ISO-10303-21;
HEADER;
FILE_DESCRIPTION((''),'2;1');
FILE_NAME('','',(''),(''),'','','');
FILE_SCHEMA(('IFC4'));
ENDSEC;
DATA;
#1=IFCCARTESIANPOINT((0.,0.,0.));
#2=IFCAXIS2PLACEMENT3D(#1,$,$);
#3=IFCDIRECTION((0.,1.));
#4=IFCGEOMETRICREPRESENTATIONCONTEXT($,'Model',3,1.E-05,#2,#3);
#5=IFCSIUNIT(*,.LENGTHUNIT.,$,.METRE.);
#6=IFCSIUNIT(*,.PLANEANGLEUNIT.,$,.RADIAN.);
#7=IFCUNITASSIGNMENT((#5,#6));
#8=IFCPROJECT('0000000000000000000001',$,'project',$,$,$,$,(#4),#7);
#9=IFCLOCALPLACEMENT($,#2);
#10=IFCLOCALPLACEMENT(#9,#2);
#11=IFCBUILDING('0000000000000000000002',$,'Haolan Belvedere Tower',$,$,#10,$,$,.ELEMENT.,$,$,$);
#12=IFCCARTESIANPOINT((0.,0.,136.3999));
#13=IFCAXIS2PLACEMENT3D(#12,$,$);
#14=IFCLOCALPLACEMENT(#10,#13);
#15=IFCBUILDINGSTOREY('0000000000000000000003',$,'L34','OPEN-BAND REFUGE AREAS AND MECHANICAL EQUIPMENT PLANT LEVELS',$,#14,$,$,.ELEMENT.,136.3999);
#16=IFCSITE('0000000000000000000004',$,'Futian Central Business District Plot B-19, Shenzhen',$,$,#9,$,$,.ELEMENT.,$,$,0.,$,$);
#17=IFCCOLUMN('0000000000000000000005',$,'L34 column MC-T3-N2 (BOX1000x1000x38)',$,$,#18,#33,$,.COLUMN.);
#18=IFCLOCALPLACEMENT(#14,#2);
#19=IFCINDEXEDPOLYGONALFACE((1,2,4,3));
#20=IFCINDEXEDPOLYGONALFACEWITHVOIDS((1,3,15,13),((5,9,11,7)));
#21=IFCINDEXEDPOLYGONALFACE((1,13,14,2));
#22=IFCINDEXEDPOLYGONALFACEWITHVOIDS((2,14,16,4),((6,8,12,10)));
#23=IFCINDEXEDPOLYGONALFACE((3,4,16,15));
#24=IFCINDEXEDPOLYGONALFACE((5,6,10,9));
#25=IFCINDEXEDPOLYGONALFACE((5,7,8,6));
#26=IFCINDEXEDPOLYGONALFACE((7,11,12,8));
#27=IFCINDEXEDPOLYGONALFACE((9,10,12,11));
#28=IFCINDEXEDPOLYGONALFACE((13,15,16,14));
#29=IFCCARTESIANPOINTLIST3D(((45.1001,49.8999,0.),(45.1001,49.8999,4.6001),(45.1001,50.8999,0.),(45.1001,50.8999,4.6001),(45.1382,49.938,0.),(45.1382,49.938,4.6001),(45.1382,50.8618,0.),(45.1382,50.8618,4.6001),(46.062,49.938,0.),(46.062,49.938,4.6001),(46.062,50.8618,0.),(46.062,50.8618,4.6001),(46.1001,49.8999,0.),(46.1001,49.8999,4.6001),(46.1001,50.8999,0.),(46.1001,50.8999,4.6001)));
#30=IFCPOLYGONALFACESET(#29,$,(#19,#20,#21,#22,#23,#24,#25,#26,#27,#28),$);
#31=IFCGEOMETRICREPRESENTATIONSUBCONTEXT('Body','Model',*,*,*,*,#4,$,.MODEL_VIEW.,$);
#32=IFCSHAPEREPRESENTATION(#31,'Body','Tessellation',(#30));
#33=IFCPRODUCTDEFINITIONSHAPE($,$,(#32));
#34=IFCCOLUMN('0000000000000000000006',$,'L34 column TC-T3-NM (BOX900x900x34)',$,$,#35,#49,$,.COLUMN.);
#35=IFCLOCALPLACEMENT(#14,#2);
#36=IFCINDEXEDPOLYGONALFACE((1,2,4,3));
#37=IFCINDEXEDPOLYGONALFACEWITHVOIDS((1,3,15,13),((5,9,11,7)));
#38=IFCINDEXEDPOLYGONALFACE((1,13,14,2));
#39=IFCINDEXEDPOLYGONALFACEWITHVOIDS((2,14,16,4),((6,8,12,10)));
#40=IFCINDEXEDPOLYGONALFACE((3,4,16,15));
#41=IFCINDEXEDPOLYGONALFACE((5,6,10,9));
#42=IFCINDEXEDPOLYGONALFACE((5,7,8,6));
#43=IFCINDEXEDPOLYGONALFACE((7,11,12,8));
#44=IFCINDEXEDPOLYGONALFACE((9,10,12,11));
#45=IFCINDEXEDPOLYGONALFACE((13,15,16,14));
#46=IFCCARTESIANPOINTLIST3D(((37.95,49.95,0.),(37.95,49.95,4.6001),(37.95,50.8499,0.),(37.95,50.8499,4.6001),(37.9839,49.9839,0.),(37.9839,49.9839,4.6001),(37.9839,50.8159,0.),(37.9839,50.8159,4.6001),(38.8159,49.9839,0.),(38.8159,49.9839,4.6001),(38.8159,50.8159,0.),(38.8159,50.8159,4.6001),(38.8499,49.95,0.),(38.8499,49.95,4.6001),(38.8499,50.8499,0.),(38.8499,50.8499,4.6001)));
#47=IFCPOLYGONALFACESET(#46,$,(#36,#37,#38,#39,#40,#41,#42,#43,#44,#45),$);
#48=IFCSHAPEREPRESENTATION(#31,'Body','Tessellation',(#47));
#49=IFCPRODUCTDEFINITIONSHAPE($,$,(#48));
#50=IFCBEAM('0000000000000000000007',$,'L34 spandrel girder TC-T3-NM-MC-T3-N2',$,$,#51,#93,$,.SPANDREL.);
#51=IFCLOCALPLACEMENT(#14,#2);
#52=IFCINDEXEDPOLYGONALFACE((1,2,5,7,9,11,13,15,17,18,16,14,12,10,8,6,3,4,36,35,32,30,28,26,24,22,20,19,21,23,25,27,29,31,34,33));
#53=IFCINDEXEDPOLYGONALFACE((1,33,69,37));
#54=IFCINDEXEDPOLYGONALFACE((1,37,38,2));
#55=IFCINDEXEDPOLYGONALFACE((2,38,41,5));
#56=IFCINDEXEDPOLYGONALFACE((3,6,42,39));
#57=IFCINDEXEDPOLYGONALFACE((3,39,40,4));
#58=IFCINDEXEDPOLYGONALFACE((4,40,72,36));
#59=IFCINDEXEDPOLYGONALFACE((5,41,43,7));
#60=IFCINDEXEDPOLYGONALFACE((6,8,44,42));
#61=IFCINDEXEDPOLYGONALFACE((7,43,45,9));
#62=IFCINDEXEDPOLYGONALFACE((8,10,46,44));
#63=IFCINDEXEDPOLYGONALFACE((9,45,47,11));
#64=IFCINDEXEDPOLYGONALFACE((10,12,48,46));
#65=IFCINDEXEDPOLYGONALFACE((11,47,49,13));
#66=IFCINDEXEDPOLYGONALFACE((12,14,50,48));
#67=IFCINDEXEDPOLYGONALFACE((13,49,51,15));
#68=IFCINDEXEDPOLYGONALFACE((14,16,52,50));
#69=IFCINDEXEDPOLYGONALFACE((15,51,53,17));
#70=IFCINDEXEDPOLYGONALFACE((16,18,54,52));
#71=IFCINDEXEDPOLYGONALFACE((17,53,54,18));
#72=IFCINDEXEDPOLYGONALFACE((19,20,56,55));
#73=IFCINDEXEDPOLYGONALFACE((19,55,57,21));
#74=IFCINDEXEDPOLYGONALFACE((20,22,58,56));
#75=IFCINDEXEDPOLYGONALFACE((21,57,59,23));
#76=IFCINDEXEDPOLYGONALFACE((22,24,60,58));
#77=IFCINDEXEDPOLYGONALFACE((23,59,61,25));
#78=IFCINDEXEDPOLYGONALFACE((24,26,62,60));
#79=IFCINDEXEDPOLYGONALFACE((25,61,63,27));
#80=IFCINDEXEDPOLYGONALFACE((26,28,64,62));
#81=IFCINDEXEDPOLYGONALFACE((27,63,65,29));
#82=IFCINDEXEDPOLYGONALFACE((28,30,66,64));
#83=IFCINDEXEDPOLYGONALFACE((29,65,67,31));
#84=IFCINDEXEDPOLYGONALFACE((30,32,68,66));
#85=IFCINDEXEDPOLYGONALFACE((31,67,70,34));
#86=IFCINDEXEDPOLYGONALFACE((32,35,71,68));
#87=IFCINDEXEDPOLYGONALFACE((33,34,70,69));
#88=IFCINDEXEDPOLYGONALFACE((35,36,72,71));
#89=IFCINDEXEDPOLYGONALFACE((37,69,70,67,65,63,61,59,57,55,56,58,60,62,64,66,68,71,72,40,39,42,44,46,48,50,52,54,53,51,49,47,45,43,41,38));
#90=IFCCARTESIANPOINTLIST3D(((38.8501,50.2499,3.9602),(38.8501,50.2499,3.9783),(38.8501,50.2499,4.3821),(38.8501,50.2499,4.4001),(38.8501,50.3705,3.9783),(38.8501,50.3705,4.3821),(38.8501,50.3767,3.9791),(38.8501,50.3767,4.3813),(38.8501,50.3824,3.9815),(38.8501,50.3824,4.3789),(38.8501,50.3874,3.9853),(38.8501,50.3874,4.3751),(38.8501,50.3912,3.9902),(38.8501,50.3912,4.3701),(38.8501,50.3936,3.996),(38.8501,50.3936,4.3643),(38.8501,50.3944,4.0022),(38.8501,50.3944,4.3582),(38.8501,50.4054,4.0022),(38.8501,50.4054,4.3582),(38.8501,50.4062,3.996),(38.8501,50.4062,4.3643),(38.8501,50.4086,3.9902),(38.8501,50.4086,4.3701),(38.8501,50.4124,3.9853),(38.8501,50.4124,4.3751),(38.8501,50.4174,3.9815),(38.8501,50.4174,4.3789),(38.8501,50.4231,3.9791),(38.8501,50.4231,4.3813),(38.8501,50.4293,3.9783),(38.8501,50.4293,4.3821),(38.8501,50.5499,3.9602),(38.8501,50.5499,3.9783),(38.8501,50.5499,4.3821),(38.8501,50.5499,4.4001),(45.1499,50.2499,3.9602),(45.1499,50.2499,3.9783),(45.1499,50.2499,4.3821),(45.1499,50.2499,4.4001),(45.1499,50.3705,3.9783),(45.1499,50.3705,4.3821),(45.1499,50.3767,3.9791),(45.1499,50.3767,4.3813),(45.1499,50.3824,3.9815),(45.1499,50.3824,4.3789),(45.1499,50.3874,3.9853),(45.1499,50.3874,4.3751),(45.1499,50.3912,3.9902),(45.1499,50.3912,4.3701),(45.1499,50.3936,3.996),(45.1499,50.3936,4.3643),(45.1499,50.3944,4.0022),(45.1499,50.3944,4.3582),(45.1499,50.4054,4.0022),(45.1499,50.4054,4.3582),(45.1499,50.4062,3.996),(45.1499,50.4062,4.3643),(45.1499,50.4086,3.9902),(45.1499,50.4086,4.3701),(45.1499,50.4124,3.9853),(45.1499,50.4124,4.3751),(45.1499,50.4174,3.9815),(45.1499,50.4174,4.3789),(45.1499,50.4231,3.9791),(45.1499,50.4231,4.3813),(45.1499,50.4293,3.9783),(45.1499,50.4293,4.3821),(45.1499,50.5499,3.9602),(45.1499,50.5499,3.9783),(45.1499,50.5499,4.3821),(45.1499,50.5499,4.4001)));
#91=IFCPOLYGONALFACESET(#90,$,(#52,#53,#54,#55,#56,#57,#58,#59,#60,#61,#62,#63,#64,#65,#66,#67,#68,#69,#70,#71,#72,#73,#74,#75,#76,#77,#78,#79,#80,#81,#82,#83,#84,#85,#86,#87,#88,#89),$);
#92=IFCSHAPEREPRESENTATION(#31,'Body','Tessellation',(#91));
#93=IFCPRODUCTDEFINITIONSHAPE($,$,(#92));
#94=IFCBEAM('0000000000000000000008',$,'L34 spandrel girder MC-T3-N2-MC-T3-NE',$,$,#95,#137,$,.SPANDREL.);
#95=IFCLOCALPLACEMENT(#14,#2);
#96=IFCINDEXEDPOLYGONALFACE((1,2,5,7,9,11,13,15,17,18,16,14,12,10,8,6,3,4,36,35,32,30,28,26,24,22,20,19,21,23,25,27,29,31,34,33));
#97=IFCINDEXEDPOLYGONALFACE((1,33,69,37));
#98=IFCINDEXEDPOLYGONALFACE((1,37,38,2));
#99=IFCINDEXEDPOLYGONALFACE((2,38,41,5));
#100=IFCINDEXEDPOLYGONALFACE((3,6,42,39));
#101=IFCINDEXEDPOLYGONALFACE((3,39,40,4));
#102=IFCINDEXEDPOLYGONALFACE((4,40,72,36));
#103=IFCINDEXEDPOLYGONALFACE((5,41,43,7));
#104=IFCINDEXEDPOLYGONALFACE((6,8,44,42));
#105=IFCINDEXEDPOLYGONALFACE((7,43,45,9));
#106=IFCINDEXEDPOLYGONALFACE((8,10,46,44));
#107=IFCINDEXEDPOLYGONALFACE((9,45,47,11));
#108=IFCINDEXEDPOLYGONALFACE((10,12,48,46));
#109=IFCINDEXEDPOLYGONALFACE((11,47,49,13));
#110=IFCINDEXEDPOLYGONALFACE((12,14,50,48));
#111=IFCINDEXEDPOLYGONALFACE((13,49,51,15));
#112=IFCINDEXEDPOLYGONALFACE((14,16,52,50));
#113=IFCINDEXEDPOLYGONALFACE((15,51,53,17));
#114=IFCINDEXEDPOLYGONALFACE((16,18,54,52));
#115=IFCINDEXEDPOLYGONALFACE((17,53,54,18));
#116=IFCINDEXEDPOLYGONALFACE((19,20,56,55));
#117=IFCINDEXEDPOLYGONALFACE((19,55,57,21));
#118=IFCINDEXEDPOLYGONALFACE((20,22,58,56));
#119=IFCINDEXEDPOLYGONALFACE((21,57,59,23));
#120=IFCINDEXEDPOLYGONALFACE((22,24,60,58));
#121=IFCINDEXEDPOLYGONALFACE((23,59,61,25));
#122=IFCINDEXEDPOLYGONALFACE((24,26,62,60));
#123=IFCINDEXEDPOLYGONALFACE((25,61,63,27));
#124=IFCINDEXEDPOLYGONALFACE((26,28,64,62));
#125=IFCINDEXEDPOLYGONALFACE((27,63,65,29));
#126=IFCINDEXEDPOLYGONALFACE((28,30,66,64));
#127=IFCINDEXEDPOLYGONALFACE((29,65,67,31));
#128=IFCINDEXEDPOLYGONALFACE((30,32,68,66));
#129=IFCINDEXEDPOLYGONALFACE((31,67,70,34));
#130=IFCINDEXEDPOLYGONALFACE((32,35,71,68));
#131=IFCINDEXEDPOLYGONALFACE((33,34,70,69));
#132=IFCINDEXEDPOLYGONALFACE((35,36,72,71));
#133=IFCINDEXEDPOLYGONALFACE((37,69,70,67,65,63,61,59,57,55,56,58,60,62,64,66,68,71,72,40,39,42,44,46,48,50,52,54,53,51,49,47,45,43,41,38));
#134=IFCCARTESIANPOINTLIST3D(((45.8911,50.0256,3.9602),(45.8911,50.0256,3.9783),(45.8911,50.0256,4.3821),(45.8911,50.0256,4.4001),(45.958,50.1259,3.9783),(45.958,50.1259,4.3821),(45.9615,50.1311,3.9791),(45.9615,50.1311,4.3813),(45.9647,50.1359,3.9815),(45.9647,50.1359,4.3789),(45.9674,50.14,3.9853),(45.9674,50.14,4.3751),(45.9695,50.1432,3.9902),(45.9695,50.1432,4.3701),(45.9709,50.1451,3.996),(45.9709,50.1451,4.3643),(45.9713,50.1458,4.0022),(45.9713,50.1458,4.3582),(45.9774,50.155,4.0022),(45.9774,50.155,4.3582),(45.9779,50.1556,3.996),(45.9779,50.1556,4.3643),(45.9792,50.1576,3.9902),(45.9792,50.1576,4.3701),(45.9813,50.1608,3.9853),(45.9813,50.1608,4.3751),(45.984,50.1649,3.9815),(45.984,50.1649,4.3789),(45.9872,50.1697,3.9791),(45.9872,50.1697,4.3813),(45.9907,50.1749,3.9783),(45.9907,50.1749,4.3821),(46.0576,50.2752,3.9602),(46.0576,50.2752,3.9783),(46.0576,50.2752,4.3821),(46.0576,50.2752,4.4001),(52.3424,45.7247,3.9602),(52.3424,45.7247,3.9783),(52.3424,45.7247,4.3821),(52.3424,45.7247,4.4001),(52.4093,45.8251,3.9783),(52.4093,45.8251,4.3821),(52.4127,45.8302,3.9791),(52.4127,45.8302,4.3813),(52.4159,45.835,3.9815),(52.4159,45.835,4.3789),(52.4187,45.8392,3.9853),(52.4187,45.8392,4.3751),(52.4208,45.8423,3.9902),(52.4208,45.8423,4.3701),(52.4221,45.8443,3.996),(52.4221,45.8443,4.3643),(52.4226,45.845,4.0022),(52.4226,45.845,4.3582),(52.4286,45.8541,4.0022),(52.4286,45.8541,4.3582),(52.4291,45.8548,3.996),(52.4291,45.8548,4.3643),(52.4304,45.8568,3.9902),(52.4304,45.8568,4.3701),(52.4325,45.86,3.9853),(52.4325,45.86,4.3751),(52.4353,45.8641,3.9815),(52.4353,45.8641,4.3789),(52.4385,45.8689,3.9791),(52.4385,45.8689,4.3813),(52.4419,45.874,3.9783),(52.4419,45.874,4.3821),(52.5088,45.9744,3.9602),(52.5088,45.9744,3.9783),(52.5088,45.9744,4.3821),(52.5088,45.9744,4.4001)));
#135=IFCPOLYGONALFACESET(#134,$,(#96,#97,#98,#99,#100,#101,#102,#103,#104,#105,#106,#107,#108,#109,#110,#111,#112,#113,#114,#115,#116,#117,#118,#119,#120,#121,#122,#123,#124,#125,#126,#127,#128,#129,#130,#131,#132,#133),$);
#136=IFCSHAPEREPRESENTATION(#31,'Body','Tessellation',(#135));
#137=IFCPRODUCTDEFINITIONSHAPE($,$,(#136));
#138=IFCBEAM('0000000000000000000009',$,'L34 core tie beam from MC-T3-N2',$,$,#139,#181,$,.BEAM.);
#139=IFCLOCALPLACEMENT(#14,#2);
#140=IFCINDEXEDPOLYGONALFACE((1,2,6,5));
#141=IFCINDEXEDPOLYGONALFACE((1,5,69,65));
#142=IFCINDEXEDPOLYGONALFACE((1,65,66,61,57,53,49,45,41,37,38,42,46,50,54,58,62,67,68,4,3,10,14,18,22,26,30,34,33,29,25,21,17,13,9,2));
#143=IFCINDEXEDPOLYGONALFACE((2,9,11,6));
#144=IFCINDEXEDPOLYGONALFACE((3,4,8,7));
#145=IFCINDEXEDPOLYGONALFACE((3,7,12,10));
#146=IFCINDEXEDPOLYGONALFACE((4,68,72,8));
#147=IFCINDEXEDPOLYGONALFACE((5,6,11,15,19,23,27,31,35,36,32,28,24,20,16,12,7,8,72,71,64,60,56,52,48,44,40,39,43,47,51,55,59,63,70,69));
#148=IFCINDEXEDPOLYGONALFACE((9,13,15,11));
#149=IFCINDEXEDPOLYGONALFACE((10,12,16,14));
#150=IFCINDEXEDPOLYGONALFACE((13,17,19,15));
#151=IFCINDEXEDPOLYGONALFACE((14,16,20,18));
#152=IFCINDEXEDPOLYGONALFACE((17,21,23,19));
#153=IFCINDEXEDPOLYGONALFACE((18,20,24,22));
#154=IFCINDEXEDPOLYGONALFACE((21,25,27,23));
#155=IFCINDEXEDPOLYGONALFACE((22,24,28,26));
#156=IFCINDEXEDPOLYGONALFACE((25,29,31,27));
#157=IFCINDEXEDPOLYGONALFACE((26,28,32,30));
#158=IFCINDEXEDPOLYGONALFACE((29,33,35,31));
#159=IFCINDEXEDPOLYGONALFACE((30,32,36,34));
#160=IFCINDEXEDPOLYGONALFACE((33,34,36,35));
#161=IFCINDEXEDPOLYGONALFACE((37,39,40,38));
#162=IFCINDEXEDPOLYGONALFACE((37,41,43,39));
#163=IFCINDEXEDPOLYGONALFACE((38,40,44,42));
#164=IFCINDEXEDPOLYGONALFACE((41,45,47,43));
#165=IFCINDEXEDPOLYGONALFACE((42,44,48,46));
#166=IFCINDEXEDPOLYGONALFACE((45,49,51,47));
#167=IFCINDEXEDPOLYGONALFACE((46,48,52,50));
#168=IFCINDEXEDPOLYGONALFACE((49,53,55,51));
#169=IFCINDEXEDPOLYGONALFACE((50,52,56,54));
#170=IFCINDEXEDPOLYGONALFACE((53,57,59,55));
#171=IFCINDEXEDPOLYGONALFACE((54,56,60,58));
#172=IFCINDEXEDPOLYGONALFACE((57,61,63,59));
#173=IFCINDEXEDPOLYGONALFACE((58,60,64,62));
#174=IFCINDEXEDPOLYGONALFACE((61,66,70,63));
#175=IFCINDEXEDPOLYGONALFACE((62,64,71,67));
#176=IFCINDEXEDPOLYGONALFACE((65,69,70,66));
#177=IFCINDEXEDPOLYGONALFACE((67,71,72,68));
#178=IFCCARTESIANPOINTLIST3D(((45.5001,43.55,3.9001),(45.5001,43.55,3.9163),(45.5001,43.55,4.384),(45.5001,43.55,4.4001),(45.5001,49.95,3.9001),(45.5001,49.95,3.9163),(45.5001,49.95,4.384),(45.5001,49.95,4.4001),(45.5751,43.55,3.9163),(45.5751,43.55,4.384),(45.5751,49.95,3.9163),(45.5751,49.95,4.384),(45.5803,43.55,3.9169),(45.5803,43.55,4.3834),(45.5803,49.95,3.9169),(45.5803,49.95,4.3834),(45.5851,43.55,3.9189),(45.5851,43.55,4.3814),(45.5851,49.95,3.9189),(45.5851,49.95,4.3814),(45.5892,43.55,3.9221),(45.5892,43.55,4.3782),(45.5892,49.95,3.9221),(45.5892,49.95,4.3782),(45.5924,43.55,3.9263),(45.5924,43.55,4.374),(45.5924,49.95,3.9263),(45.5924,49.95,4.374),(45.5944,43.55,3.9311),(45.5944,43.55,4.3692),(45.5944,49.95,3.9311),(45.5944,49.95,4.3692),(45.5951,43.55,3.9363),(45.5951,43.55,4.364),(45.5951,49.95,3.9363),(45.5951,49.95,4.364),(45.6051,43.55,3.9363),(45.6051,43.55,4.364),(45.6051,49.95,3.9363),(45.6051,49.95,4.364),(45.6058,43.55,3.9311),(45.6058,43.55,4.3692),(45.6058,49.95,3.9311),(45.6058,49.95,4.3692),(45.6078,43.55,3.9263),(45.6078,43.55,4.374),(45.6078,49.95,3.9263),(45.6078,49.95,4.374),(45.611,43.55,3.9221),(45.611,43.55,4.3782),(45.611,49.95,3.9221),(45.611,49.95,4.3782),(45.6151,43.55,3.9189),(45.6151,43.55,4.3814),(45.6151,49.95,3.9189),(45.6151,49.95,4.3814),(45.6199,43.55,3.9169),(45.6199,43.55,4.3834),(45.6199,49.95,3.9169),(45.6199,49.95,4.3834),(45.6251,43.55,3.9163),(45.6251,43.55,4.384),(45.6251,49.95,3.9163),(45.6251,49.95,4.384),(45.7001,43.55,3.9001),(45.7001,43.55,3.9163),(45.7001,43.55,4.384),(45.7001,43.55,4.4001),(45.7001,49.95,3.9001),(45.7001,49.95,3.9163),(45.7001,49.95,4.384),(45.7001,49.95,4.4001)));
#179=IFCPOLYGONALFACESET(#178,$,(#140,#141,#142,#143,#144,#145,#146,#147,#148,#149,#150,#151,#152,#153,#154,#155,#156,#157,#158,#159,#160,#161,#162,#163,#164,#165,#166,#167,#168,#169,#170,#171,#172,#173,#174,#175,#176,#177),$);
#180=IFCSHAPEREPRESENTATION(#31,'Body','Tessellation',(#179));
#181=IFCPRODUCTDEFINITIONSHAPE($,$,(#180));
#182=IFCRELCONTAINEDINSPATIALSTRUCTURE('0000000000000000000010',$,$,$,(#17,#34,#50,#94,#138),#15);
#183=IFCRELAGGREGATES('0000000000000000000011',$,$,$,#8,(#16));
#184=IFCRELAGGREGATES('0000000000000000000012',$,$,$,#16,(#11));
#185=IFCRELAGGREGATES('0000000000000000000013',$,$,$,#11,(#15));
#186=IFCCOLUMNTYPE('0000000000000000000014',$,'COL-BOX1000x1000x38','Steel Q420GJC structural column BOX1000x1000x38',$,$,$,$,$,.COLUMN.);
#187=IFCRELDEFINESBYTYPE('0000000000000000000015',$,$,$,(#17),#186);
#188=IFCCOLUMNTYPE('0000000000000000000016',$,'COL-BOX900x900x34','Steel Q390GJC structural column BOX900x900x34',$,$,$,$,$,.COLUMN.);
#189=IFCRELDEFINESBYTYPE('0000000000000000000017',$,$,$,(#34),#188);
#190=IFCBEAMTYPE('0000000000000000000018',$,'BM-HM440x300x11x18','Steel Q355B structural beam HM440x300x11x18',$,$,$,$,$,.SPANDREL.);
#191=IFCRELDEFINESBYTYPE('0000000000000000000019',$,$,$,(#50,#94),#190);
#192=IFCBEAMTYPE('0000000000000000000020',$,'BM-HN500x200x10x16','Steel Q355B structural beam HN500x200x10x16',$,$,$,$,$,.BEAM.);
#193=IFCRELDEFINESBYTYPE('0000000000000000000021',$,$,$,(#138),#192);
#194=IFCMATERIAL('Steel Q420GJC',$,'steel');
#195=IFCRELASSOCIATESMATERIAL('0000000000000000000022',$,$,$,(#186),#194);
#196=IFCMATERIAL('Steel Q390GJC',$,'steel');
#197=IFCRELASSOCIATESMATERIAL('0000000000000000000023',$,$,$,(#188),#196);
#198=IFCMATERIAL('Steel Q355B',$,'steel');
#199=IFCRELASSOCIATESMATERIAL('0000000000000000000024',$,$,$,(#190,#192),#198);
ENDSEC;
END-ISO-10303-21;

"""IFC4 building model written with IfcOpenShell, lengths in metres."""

from ifc_helpers import new_model, si_unit, direction, frame, origin, origin_2d, place, context, subcontext, project, spatial, hollow_rectangle, i_section, extrude, material, material_profile, profile_set, type_object, element, save


model = new_model("IFC4")

# Units and contexts
model_context = context("Model", 3, precision=1e-05, world=origin(), true_north=direction((0.0, 1.0)))
body_context = subcontext(model_context, "Body", "Model", "MODEL_VIEW")
ifc_project = project(units=[si_unit("LENGTHUNIT", "METRE"), si_unit("PLANEANGLEUNIT", "RADIAN")], contexts=[model_context])

# Site, building, storey
site_placement = place(None, origin())
site = spatial("IfcSite", under=ifc_project, at=site_placement, Name="Futian Central Business District Plot B-19, Shenzhen", CompositionType="ELEMENT", RefElevation=0.0)
building_placement = place(site_placement, origin())
building = spatial("IfcBuilding", under=site, at=building_placement, Name="Haolan Belvedere Tower", CompositionType="ELEMENT")
storey_placement = place(building_placement, frame((0.0, 0.0, 136.3999)))
storey = spatial("IfcBuildingStorey", under=building, at=storey_placement, Name="L34", Description="OPEN-BAND REFUGE AREAS AND MECHANICAL EQUIPMENT PLANT LEVELS", CompositionType="ELEMENT", Elevation=136.3999)

# Columns
ifc_material_1 = material(Name="Steel Q420GJC", Category="steel")
ifc_material_profile_1 = material_profile(ifc_material_1, hollow_rectangle(XDim=1.0, YDim=1.0, WallThickness=0.0381, at=origin_2d()), Name="Steel Q420GJC")
ifc_profile_set_1 = profile_set([ifc_material_profile_1], Name="Steel Q420GJC")
column_type_1 = type_object("IfcColumnType", Name="COL-BOX1000x1000x38", Description="Steel Q420GJC structural column BOX1000x1000x38", PredefinedType="COLUMN", material=ifc_profile_set_1)
column_1_placement = place(storey_placement, frame((45.6001, 50.3999, 0.0), z_axis=(0.0, 0.0, 1.0), x_axis=(1.0, 0.0, 0.0)))
element("IfcColumn", 1, at=column_1_placement, inside=storey, type_object=column_type_1, Name="L34 column MC-T3-N2 (BOX1000x1000x38)", PredefinedType="COLUMN", context=body_context, shape_type="SweptSolid", body=[
    extrude(hollow_rectangle(XDim=1.0, YDim=1.0, WallThickness=0.0381, at=origin_2d()), origin(), (0.0, 0.0, 1.0), 4.6001),
])
ifc_material_2 = material(Name="Steel Q390GJC", Category="steel")
ifc_material_profile_2 = material_profile(ifc_material_2, hollow_rectangle(XDim=0.8999, YDim=0.8999, WallThickness=0.0339, at=origin_2d()), Name="Steel Q390GJC")
ifc_profile_set_2 = profile_set([ifc_material_profile_2], Name="Steel Q390GJC")
column_type_2 = type_object("IfcColumnType", Name="COL-BOX900x900x34", Description="Steel Q390GJC structural column BOX900x900x34", PredefinedType="COLUMN", material=ifc_profile_set_2)
column_2_placement = place(storey_placement, frame((38.3999, 50.3999, 0.0), z_axis=(0.0, 0.0, 1.0), x_axis=(1.0, 0.0, 0.0)))
element("IfcColumn", 2, at=column_2_placement, inside=storey, type_object=column_type_2, Name="L34 column TC-T3-NM (BOX900x900x34)", PredefinedType="COLUMN", context=body_context, shape_type="SweptSolid", body=[
    extrude(hollow_rectangle(XDim=0.8999, YDim=0.8999, WallThickness=0.0339, at=origin_2d()), origin(), (0.0, 0.0, 1.0), 4.6001),
])

# Beams
ifc_material_3 = material(Name="Steel Q355B", Category="steel")
ifc_material_profile_3 = material_profile(ifc_material_3, i_section(OverallWidth=0.3, OverallDepth=0.4399, WebThickness=0.011, FlangeThickness=0.0181, FilletRadius=0.0239, at=origin_2d()), Name="Steel Q355B")
ifc_profile_set_3 = profile_set([ifc_material_profile_3], Name="Steel Q355B")
beam_type_1 = type_object("IfcBeamType", Name="BM-HM440x300x11x18", Description="Steel Q355B structural beam HM440x300x11x18", PredefinedType="SPANDREL", material=ifc_profile_set_3)
beam_1_placement = place(storey_placement, frame((38.8501, 50.3999, 4.1802), z_axis=(1.0, 0.0, 0.0), x_axis=(0.0, 1.0, 0.0)))
element("IfcBeam", 3, at=beam_1_placement, inside=storey, type_object=beam_type_1, Name="L34 spandrel girder TC-T3-NM-MC-T3-N2", PredefinedType="SPANDREL", context=body_context, shape_type="SweptSolid", body=[
    extrude(i_section(OverallWidth=0.3, OverallDepth=0.4399, WebThickness=0.011, FlangeThickness=0.0181, FilletRadius=0.0239, at=origin_2d()), origin(), (0.0, 0.0, 1.0), 6.2998),
])
beam_2_placement = place(storey_placement, frame((45.9744, 50.1504, 4.1802), z_axis=(0.83205, -0.5547, 0.0), x_axis=(0.5547, 0.83205, 0.0)))
element("IfcBeam", 4, at=beam_2_placement, inside=storey, type_object=beam_type_1, Name="L34 spandrel girder MC-T3-N2-MC-T3-NE", PredefinedType="SPANDREL", context=body_context, shape_type="SweptSolid", body=[
    extrude(i_section(OverallWidth=0.3, OverallDepth=0.4399, WebThickness=0.011, FlangeThickness=0.0181, FilletRadius=0.0239, at=origin_2d()), origin(), (0.0, 0.0, 1.0), 7.7534),
])
ifc_material_profile_4 = material_profile(ifc_material_3, i_section(OverallWidth=0.2, OverallDepth=0.5, WebThickness=0.01, FlangeThickness=0.0161, FilletRadius=0.02, at=origin_2d()), Name="Steel Q355B")
ifc_profile_set_4 = profile_set([ifc_material_profile_4], Name="Steel Q355B")
beam_type_2 = type_object("IfcBeamType", Name="BM-HN500x200x10x16", Description="Steel Q355B structural beam HN500x200x10x16", PredefinedType="BEAM", material=ifc_profile_set_4)
beam_3_placement = place(storey_placement, frame((45.6001, 49.95, 4.1501), z_axis=(0.0, -1.0, 0.0), x_axis=(1.0, 0.0, 0.0)))
element("IfcBeam", 5, at=beam_3_placement, inside=storey, type_object=beam_type_2, Name="L34 core tie beam from MC-T3-N2", PredefinedType="BEAM", context=body_context, shape_type="SweptSolid", body=[
    extrude(i_section(OverallWidth=0.2, OverallDepth=0.5, WebThickness=0.01, FlangeThickness=0.0161, FilletRadius=0.02, at=origin_2d()), origin(), (0.0, 0.0, 1.0), 6.3999),
])

save(model, "model.ifc")
